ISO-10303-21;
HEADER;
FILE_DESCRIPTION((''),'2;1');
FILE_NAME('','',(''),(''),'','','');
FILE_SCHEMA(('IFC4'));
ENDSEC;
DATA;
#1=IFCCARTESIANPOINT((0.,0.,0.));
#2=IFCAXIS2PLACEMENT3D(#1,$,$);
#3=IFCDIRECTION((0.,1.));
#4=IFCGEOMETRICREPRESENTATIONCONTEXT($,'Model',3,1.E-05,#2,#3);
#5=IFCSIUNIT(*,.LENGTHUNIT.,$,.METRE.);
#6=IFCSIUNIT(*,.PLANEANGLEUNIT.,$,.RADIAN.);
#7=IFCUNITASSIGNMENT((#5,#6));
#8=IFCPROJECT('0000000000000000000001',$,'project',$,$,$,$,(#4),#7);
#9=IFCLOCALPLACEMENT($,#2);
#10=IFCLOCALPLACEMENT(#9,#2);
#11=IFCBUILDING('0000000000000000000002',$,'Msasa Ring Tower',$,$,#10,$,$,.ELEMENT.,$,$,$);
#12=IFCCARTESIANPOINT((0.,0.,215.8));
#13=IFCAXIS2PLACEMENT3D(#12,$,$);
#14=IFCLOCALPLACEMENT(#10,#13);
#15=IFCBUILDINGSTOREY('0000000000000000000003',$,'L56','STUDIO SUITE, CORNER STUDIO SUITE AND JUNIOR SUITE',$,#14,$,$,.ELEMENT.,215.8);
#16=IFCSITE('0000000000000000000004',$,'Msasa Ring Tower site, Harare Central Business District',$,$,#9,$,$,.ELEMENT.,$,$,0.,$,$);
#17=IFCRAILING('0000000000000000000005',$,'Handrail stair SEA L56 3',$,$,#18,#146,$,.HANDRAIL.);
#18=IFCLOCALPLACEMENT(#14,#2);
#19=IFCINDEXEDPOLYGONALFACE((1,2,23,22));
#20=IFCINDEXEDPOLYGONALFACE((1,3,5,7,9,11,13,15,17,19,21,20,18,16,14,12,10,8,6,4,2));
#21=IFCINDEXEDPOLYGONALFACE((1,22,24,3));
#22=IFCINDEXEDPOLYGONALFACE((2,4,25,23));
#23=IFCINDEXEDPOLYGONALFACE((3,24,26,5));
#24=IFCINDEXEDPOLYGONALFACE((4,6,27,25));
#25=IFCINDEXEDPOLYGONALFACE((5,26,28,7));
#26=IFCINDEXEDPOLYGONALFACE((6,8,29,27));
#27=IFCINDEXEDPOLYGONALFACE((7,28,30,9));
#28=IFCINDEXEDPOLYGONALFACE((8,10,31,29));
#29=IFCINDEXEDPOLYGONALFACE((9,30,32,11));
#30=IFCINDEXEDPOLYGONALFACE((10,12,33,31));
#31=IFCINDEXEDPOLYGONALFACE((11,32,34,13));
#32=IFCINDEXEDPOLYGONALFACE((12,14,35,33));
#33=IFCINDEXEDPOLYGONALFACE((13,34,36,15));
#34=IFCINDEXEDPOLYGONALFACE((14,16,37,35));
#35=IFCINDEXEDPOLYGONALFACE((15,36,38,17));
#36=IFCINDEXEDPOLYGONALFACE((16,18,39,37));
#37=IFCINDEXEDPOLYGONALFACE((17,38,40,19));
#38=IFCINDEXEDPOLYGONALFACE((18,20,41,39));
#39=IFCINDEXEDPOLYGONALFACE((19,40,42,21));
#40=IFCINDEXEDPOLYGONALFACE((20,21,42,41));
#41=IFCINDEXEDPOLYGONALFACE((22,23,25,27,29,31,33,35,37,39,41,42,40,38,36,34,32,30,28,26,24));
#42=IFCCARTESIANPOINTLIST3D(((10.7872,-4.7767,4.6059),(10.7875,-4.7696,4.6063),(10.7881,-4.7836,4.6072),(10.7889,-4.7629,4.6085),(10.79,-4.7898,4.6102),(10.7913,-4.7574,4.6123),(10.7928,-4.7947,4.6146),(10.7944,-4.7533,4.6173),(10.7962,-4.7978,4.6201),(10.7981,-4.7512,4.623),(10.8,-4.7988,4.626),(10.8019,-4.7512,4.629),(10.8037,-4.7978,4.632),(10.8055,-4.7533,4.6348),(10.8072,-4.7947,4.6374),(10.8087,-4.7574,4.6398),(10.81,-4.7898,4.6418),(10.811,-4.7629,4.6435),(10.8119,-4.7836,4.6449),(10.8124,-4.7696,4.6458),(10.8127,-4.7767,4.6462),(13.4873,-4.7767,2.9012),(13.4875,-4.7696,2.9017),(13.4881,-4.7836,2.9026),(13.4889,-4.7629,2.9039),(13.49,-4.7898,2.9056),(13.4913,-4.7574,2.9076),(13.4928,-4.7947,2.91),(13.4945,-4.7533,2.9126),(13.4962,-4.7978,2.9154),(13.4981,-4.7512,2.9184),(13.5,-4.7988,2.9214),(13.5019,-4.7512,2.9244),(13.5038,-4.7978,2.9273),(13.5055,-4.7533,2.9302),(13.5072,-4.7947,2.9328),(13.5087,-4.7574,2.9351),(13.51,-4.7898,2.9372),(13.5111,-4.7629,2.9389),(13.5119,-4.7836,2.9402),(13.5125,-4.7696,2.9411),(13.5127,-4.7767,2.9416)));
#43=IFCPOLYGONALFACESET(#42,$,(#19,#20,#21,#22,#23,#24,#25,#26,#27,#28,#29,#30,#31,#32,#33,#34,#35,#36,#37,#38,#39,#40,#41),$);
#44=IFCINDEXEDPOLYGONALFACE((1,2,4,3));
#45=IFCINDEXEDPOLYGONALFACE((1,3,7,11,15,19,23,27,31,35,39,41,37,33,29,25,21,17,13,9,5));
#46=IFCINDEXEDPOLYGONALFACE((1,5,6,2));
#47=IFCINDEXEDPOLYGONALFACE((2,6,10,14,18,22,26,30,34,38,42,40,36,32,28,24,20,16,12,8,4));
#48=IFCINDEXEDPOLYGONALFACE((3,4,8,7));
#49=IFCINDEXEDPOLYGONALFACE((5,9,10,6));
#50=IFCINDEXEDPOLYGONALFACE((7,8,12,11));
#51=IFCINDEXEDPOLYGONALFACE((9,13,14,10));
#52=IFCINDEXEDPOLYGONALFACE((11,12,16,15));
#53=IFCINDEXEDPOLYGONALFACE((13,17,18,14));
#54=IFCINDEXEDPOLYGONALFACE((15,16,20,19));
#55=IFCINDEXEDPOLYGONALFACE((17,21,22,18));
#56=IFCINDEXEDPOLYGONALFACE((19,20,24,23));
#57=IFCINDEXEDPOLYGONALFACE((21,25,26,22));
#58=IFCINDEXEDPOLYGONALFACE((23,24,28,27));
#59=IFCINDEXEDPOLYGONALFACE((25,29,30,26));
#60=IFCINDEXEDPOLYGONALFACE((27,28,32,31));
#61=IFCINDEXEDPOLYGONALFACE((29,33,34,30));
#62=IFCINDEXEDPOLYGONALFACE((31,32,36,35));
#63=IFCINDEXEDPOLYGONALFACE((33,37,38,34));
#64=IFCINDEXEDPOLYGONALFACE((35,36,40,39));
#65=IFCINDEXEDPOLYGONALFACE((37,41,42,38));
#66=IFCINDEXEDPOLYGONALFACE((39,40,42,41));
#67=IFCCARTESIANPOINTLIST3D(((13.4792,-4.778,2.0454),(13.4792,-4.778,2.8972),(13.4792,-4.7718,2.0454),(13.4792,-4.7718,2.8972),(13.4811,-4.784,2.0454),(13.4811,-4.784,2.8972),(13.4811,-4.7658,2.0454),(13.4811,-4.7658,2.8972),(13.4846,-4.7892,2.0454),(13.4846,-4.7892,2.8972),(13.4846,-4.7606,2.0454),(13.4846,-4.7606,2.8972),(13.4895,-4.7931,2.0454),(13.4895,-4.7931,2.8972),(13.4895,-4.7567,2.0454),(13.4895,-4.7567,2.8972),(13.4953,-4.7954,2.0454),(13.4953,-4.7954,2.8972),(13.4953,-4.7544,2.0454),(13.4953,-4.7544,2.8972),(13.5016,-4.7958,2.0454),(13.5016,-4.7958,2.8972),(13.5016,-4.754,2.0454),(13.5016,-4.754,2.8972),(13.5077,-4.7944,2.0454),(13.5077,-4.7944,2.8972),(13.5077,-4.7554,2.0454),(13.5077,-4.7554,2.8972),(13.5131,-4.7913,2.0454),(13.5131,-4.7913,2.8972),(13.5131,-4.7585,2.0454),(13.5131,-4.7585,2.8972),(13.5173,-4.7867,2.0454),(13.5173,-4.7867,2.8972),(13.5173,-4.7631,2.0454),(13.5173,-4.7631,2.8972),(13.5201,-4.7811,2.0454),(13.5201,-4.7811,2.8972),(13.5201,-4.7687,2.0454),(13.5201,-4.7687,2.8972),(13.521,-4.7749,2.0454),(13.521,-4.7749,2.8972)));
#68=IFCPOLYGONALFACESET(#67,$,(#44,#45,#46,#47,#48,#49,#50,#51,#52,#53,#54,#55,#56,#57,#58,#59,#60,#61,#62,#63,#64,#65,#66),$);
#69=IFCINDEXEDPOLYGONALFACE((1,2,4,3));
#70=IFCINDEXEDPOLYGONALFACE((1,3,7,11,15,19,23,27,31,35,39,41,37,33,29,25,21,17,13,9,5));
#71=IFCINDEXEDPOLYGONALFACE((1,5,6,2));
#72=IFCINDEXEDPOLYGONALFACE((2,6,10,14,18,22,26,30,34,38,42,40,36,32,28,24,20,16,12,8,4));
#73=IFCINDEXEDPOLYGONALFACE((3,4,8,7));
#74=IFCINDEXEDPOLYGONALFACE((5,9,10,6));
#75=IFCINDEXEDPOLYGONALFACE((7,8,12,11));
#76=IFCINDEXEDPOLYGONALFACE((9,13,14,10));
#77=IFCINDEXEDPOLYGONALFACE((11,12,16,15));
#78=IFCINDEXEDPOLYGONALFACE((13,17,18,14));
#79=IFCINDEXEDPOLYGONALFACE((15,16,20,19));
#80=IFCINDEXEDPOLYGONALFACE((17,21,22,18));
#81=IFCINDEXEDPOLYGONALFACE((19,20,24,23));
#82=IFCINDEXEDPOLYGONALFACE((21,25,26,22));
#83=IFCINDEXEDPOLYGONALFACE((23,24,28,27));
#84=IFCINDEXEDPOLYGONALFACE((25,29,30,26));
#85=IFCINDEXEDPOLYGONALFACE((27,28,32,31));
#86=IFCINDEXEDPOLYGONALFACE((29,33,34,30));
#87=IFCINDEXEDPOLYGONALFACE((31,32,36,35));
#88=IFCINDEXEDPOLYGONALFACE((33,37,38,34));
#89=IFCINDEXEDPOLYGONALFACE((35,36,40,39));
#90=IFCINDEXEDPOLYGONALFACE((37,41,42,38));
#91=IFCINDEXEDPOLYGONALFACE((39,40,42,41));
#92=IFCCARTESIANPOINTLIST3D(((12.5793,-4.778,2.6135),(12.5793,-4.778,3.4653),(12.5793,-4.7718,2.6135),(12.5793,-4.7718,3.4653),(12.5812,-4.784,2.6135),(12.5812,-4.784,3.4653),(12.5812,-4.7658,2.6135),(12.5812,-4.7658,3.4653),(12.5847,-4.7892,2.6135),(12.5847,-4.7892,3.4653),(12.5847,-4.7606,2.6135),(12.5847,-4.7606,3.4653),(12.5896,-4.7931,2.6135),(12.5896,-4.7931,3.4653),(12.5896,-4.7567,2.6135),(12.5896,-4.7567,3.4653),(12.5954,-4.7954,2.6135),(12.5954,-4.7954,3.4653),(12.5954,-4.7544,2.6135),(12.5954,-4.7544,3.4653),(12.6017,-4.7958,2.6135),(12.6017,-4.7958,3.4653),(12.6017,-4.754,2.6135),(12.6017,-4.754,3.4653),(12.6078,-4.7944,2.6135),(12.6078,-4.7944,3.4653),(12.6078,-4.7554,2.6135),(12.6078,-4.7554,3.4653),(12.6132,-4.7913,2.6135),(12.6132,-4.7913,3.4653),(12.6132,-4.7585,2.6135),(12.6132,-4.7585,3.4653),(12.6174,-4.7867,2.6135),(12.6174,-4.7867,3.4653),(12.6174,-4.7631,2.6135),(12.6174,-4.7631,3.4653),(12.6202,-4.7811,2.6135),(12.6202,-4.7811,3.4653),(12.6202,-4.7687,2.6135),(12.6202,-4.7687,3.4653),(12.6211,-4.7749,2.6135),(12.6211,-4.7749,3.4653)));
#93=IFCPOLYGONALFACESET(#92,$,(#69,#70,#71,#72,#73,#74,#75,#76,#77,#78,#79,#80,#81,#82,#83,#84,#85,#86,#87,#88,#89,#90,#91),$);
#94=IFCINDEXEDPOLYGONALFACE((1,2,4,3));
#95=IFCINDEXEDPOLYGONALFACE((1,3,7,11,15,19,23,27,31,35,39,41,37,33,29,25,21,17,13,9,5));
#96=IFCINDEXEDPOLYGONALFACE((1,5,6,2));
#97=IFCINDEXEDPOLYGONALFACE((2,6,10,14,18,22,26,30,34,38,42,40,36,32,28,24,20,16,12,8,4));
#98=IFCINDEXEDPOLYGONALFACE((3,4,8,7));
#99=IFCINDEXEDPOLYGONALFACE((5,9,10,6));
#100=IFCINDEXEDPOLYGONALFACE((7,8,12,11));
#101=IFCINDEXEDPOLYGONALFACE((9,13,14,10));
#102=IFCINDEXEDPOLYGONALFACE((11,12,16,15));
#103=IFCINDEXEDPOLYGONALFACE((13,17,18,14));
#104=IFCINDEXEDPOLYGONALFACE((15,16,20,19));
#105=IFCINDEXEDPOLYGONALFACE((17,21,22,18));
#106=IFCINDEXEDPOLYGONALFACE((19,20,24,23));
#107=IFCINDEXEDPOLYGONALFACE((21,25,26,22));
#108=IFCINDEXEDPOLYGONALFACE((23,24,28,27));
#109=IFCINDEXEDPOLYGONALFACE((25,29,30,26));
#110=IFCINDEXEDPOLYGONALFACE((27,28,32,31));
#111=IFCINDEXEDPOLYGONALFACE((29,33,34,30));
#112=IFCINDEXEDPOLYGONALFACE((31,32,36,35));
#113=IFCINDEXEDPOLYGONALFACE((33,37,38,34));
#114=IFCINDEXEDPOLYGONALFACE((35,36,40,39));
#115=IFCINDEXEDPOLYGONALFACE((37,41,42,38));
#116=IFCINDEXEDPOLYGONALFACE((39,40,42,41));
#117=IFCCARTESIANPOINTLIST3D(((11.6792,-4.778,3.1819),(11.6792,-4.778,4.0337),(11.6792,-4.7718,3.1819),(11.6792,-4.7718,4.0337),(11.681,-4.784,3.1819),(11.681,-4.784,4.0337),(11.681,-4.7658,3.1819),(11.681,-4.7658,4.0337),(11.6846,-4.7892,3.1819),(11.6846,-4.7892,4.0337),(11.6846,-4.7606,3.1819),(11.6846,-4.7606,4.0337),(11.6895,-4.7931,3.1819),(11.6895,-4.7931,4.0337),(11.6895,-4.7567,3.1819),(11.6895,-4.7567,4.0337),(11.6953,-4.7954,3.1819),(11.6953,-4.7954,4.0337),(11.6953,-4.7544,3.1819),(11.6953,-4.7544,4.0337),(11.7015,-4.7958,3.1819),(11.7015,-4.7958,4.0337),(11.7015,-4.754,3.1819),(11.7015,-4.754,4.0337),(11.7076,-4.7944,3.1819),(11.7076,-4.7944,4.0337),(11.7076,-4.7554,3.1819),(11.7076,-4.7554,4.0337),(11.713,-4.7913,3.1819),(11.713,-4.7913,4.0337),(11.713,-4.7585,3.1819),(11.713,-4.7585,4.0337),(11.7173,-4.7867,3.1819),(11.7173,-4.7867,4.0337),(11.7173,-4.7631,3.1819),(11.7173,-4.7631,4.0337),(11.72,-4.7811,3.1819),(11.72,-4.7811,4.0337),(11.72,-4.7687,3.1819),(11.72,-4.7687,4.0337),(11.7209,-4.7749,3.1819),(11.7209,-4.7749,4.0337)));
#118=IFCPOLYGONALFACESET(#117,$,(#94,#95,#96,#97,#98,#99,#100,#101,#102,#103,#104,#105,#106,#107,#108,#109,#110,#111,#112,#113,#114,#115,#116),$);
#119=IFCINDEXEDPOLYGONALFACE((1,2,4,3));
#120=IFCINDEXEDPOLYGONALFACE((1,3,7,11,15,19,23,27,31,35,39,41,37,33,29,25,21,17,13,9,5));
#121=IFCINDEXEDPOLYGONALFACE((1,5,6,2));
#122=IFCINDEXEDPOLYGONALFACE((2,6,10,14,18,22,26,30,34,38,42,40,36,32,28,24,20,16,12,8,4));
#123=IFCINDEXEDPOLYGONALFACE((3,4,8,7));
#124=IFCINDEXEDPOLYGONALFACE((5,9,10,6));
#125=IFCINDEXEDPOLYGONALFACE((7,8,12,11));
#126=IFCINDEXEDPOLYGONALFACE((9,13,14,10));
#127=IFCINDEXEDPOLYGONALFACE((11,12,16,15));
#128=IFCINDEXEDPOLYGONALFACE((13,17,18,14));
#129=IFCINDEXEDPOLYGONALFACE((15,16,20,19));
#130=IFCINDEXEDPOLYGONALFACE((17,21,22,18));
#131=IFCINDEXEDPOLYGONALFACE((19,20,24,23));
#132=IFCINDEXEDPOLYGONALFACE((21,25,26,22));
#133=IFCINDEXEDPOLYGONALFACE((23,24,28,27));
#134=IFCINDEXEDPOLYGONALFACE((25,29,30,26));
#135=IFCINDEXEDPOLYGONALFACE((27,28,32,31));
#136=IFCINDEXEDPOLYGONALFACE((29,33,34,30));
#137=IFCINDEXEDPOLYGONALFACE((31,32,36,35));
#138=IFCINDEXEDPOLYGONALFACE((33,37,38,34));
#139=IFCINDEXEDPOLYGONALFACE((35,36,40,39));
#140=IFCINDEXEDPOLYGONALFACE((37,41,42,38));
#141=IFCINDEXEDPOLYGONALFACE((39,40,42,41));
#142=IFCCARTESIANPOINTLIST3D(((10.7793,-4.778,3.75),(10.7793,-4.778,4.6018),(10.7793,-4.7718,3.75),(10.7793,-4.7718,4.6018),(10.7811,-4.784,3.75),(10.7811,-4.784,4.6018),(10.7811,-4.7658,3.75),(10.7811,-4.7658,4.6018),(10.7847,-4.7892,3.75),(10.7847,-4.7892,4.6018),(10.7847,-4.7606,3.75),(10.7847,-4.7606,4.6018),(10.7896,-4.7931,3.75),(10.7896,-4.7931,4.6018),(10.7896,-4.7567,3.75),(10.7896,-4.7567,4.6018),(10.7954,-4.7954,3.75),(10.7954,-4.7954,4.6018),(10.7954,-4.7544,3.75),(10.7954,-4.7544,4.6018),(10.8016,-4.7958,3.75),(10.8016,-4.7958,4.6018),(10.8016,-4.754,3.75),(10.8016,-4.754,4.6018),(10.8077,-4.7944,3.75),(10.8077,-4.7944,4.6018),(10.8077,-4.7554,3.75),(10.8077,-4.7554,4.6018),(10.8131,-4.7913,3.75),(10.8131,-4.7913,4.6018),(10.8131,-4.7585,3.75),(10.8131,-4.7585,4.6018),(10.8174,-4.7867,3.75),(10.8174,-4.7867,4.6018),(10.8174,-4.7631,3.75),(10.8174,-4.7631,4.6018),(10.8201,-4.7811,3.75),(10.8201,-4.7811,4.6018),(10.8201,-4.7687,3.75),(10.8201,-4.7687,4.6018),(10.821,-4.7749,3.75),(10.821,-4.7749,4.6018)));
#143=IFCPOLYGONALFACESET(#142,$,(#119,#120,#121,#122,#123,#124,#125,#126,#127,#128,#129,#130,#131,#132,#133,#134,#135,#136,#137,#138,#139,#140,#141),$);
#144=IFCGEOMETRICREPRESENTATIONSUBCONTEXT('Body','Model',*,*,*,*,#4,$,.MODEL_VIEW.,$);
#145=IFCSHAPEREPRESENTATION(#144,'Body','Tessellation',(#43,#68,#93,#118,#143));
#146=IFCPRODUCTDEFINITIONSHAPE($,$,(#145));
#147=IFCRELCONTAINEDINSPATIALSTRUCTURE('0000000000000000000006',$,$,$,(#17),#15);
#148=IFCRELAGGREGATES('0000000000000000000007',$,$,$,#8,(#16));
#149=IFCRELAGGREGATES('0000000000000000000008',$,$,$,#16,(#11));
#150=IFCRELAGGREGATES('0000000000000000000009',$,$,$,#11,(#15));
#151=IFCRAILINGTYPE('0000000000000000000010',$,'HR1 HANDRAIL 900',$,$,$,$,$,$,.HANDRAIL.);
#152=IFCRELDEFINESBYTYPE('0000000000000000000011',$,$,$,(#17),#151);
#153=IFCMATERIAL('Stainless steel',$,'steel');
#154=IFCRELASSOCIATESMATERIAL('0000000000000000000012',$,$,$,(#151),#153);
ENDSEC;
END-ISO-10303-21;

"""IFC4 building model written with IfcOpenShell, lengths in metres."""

from ifc_helpers import new_model, si_unit, direction, frame, origin, origin_2d, place, context, subcontext, project, spatial, circle, extrude, material, type_object, element, save


model = new_model("IFC4")

# Units and contexts
model_context = context("Model", 3, precision=1e-05, world=origin(), true_north=direction((0.0, 1.0)))
body_context = subcontext(model_context, "Body", "Model", "MODEL_VIEW")
ifc_project = project(units=[si_unit("LENGTHUNIT", "METRE"), si_unit("PLANEANGLEUNIT", "RADIAN")], contexts=[model_context])

# Site, building, storey
site_placement = place(None, origin())
site = spatial("IfcSite", under=ifc_project, at=site_placement, Name="Msasa Ring Tower site, Harare Central Business District", CompositionType="ELEMENT", RefElevation=0.0)
building_placement = place(site_placement, origin())
building = spatial("IfcBuilding", under=site, at=building_placement, Name="Msasa Ring Tower", CompositionType="ELEMENT")
storey_placement = place(building_placement, frame((0.0, 0.0, 215.8)))
storey = spatial("IfcBuildingStorey", under=building, at=storey_placement, Name="L56", Description="STUDIO SUITE, CORNER STUDIO SUITE AND JUNIOR SUITE", CompositionType="ELEMENT", Elevation=215.8)

# Railing
ifc_material_1 = material(Name="Stainless steel", Category="steel")
railing_type = type_object("IfcRailingType", Name="HR1 HANDRAIL 900", PredefinedType="HANDRAIL", material=ifc_material_1)
for number, where, name in (
    (1, (13.5, -4.7749, 2.0454), "Handrail stair SEA L56 3"),
):
    element("IfcRailing", number, at=place(storey_placement, frame(where)), inside=storey, type_object=railing_type, Name=name, PredefinedType="HANDRAIL", context=body_context, shape_type="SweptSolid", body=[
        extrude(circle(Radius=0.0239, at=origin_2d()), frame((0.0, 0.0, 0.876), z_axis=(-0.84558, 0.0, 0.533849), x_axis=(0.0, -1.0, 0.0)), (0.0, 0.0, 1.0), 3.1931),
        extrude(circle(Radius=0.021, at=origin_2d()), origin(), (0.0, 0.0, 1.0), 0.8518),
        extrude(circle(Radius=0.021, at=origin_2d()), frame((-0.8999, 0.0, 0.5681)), (0.0, 0.0, 1.0), 0.8518),
        extrude(circle(Radius=0.021, at=origin_2d()), frame((-1.8, 0.0, 1.1365)), (0.0, 0.0, 1.0), 0.8518),
        extrude(circle(Radius=0.021, at=origin_2d()), frame((-2.7, 0.0, 1.7046)), (0.0, 0.0, 1.0), 0.8518),
    ])

save(model, "model.ifc")
